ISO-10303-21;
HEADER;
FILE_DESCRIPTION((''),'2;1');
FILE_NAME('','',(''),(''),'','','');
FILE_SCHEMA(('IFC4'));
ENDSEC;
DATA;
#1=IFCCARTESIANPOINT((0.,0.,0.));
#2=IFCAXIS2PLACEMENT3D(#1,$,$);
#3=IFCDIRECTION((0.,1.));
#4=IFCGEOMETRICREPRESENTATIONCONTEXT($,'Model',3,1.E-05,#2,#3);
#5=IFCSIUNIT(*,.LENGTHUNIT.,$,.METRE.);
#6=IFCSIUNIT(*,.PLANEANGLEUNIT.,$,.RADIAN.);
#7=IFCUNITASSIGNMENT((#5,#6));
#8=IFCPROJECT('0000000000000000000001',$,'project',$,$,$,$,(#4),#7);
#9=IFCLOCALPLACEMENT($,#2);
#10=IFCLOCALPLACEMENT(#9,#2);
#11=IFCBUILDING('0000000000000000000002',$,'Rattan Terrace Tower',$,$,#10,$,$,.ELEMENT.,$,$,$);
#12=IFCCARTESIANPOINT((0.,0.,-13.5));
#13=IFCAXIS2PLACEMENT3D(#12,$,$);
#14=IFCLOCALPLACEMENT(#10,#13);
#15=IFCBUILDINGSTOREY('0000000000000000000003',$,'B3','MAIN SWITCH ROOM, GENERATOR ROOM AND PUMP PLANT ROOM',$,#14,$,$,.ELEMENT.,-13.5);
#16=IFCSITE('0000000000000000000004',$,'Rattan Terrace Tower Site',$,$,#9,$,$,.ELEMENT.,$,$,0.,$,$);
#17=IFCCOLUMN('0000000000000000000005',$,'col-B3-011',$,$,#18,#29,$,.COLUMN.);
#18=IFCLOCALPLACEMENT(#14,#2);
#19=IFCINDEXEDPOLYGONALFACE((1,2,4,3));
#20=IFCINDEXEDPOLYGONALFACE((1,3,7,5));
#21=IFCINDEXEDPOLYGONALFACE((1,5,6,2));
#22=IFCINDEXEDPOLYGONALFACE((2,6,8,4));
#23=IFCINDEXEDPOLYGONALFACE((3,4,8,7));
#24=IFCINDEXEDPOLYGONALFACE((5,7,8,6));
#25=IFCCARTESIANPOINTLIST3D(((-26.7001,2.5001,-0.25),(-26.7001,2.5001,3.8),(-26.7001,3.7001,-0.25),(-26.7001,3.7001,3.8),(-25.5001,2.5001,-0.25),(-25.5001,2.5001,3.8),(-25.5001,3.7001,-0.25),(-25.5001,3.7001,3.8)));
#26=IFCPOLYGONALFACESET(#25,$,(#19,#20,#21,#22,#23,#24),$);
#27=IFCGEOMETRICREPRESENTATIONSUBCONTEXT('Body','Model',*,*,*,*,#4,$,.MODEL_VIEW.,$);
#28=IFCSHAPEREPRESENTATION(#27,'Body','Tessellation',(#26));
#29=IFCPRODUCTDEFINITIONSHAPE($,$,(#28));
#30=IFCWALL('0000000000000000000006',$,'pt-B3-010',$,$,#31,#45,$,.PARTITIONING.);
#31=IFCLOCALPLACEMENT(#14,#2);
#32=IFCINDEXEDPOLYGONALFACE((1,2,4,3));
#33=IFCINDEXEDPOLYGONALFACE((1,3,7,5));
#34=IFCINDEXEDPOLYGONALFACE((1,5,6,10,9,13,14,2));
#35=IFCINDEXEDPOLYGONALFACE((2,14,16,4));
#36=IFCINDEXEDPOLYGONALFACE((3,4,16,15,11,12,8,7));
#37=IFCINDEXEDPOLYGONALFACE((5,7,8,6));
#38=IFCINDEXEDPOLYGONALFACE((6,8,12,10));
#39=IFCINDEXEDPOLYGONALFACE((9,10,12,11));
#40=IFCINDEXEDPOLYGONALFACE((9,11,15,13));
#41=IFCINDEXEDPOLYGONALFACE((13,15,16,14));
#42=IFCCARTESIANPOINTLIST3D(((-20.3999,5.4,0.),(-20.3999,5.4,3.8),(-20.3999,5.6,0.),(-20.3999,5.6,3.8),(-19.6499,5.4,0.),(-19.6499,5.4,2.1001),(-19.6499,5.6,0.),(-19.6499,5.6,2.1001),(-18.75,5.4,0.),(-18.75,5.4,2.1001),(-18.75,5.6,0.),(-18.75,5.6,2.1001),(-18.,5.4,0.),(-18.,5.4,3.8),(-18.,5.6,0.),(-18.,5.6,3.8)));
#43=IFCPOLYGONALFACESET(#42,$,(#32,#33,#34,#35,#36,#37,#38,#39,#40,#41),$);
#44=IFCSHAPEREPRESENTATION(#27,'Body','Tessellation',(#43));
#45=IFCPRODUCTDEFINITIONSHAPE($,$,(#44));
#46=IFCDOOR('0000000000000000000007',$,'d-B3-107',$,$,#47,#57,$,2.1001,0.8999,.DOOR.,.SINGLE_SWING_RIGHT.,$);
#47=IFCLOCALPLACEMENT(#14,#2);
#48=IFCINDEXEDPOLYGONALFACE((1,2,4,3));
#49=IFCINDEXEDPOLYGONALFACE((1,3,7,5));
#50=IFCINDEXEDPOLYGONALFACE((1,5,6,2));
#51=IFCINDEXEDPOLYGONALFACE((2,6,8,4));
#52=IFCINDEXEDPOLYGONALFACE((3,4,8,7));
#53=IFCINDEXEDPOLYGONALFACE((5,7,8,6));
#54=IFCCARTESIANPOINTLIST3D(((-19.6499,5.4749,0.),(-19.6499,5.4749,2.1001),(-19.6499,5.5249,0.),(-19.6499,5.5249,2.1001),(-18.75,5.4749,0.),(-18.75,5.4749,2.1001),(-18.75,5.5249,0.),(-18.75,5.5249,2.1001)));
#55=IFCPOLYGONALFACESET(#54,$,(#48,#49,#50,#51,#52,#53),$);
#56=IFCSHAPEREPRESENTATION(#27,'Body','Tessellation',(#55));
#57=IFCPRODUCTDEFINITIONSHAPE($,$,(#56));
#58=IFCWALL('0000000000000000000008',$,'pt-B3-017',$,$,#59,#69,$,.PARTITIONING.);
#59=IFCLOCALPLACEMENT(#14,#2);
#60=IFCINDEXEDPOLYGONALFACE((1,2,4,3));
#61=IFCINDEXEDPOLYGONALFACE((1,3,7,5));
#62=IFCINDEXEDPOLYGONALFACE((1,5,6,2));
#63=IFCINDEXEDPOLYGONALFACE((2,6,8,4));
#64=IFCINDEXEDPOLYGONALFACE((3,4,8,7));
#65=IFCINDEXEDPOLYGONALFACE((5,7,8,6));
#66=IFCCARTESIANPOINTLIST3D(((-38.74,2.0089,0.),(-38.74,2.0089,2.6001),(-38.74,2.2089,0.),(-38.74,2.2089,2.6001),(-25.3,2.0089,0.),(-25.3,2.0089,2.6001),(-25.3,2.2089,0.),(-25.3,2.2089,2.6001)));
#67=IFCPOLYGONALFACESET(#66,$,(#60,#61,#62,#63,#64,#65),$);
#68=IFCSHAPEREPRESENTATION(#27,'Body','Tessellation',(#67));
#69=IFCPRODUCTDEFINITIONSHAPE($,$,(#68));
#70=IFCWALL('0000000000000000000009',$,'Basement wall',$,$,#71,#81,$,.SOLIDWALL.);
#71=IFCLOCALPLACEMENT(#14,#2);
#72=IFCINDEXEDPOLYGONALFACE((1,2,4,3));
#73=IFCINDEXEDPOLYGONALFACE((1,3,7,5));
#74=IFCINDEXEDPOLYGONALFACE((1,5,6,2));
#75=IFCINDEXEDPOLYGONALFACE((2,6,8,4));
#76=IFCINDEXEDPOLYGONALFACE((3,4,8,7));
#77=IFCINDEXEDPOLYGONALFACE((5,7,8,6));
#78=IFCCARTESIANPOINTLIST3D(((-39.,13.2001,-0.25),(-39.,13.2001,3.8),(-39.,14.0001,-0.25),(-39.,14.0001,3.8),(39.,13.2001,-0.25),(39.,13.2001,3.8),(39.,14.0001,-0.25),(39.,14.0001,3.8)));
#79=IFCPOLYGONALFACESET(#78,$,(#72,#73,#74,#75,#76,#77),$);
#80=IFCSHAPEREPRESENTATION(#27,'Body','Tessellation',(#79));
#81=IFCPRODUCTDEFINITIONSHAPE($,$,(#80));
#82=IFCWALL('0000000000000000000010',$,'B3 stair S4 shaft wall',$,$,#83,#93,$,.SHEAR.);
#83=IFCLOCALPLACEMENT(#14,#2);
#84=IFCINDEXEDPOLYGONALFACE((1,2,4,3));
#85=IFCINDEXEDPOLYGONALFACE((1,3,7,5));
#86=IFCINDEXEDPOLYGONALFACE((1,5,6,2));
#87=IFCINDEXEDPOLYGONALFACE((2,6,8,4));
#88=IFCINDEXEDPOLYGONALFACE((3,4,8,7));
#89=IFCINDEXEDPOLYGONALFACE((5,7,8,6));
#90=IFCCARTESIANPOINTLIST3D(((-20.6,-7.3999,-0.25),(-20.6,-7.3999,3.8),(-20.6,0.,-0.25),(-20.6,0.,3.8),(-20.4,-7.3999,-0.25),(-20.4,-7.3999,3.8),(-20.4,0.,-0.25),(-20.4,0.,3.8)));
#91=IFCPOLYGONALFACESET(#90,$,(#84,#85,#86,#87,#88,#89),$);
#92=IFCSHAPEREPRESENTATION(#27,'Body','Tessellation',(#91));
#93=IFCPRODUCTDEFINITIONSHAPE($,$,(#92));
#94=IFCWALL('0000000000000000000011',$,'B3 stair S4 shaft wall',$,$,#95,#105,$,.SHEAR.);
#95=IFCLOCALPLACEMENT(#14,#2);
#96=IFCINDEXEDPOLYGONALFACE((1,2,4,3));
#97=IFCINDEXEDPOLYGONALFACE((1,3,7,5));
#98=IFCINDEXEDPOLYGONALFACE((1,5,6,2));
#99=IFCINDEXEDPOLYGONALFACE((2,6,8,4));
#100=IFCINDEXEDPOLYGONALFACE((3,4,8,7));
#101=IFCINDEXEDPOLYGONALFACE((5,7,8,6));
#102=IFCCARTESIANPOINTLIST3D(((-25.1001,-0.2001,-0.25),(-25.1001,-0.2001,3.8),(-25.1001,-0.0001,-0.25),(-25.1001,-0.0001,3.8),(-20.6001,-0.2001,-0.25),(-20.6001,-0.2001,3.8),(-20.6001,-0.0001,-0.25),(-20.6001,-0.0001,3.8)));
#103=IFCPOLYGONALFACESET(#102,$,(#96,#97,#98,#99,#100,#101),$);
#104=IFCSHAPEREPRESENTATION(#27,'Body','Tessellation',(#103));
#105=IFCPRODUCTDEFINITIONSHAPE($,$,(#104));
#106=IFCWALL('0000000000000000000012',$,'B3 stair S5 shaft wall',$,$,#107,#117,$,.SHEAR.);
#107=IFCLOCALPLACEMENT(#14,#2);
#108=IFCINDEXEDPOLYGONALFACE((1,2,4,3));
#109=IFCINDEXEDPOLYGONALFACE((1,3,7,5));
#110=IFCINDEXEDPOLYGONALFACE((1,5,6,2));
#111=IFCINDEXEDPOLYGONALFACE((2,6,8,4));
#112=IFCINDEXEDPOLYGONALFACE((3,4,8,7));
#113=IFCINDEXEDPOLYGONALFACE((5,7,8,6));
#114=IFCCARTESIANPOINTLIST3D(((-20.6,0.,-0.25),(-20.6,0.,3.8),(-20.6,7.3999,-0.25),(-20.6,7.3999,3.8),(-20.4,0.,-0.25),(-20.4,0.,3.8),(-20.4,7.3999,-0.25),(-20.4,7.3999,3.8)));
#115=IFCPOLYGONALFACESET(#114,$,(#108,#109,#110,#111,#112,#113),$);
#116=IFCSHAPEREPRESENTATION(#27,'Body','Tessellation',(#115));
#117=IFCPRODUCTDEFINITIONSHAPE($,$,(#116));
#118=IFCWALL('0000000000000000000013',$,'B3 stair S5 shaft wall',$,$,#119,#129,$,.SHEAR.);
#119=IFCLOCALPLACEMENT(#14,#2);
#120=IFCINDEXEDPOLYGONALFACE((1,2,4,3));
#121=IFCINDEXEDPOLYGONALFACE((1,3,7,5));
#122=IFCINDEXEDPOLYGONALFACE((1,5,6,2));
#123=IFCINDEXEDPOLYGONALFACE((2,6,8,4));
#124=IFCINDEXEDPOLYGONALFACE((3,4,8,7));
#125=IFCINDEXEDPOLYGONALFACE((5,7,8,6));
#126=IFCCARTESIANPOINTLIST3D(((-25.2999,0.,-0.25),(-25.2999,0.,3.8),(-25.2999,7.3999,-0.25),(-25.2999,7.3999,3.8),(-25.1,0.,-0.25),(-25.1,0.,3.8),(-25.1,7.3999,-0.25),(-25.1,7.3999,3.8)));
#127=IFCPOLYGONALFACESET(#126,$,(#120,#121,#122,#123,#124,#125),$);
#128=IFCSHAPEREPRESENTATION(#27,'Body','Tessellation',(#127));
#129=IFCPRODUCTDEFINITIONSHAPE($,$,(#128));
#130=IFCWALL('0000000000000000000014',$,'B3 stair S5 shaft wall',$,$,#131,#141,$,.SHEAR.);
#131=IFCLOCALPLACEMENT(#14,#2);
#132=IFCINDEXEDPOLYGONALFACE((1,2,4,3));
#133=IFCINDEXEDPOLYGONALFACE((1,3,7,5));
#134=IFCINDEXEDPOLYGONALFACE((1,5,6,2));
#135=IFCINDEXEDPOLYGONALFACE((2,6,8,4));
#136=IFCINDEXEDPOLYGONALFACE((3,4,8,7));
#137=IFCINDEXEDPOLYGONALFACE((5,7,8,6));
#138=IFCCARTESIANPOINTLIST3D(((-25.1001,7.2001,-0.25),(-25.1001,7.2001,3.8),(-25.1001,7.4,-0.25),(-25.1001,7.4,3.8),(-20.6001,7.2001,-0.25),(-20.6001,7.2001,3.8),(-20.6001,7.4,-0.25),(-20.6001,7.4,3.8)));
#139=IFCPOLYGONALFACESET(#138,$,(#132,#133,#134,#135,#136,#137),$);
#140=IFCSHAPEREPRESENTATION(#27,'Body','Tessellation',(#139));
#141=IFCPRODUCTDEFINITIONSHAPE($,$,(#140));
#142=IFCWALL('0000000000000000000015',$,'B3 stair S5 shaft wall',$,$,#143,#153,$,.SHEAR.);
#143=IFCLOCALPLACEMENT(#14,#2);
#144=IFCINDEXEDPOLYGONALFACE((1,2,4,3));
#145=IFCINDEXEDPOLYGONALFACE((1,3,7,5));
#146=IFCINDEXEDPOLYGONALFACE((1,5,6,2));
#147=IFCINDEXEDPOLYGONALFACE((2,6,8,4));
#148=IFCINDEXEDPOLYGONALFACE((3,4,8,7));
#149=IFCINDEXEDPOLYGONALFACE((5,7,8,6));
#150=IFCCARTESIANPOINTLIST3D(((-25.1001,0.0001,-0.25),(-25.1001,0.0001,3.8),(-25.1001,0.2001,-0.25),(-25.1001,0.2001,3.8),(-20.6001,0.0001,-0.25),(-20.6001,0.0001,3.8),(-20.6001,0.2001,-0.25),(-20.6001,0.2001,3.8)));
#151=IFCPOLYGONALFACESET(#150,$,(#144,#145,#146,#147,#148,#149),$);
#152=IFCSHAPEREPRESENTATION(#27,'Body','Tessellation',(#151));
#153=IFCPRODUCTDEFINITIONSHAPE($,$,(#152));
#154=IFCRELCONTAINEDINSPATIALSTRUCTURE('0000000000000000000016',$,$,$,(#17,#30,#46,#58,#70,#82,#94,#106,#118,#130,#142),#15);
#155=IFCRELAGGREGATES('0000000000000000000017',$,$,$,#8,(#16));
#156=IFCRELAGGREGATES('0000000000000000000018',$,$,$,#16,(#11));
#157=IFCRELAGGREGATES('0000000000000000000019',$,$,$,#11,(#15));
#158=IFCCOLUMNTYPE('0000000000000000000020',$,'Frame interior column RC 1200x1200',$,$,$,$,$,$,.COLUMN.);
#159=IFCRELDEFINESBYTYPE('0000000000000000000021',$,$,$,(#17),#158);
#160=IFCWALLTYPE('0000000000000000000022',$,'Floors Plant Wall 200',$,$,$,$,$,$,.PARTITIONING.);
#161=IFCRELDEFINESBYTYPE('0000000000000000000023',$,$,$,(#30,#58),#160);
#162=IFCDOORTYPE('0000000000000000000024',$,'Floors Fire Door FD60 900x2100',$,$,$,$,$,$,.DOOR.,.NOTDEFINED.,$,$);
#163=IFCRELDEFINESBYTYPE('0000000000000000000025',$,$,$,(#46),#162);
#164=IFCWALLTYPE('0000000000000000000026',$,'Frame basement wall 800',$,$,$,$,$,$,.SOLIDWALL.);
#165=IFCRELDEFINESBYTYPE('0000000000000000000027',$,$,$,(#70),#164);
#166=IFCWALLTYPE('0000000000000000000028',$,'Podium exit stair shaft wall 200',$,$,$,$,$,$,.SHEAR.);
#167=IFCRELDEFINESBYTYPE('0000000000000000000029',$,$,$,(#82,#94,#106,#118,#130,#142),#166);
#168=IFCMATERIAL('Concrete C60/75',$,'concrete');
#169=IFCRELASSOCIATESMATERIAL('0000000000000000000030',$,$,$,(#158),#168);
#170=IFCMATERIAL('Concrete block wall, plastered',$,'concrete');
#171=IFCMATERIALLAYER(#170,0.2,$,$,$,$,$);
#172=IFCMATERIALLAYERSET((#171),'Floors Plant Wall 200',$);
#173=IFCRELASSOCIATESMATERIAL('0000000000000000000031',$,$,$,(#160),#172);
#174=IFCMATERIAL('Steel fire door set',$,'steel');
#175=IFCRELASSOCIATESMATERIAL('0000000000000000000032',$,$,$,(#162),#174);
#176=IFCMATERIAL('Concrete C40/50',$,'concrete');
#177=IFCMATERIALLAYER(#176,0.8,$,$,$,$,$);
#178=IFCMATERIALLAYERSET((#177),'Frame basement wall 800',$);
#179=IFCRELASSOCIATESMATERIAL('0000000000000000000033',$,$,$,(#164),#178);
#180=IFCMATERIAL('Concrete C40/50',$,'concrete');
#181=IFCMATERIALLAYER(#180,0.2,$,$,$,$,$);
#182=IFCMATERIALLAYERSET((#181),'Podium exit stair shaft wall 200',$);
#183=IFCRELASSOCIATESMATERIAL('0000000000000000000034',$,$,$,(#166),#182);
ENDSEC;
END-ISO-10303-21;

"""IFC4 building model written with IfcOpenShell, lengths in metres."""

from ifc_helpers import new_model, si_unit, direction, frame, frame_2d, origin, origin_2d, place, context, subcontext, project, spatial, rectangle, extrude, material, layer, layer_set, material_profile, profile_set, type_object, element, fill, save


model = new_model("IFC4")

# Units and contexts
model_context = context("Model", 3, precision=1e-05, world=origin(), true_north=direction((0.0, 1.0)))
body_context = subcontext(model_context, "Body", "Model", "MODEL_VIEW")
ifc_project = project(units=[si_unit("LENGTHUNIT", "METRE"), si_unit("PLANEANGLEUNIT", "RADIAN")], contexts=[model_context])

# Site, building, storey
site_placement = place(None, origin())
site = spatial("IfcSite", under=ifc_project, at=site_placement, Name="Rattan Terrace Tower Site", CompositionType="ELEMENT", RefElevation=0.0)
building_placement = place(site_placement, origin())
building = spatial("IfcBuilding", under=site, at=building_placement, Name="Rattan Terrace Tower", CompositionType="ELEMENT")
storey_placement = place(building_placement, frame((0.0, 0.0, -13.5)))
storey = spatial("IfcBuildingStorey", under=building, at=storey_placement, Name="B3", Description="MAIN SWITCH ROOM, GENERATOR ROOM AND PUMP PLANT ROOM", CompositionType="ELEMENT", Elevation=-13.5)

# Column
ifc_material_1 = material(Name="Concrete C60/75", Category="concrete")
ifc_material_profile_1 = material_profile(ifc_material_1, rectangle(XDim=1.2, YDim=1.2, at=origin_2d()), Name="RC 1200x1200")
ifc_profile_set_1 = profile_set([ifc_material_profile_1], Name="Concrete C60/75")
column_type_1 = type_object("IfcColumnType", Name="Frame interior column RC 1200x1200", PredefinedType="COLUMN", material=ifc_profile_set_1)
column_placement = place(storey_placement, frame((-26.1001, 3.1001, -0.25), z_axis=(0.0, 0.0, 1.0), x_axis=(1.0, 0.0, 0.0)))
element("IfcColumn", 1, at=column_placement, inside=storey, type_object=column_type_1, Name="col-B3-011", PredefinedType="COLUMN", context=body_context, shape_type="SweptSolid", body=[
    extrude(rectangle(XDim=1.2, YDim=1.2, at=origin_2d()), origin(), (0.0, 0.0, 1.0), 4.05),
])

# Wall, opening, door
ifc_material_2 = material(Name="Concrete block wall, plastered", Category="concrete")
ifc_layer_1 = layer(ifc_material_2, 0.2)
ifc_layer_set_1 = layer_set([ifc_layer_1], Name="Floors Plant Wall 200")
wall_type_1 = type_object("IfcWallType", Name="Floors Plant Wall 200", PredefinedType="PARTITIONING", material=ifc_layer_set_1)
wall_1_placement = place(storey_placement, frame((-20.3999, 5.5, 0.0), z_axis=(0.0, 0.0, 1.0), x_axis=(1.0, 0.0, 0.0)))
wall_1 = element("IfcWall", 2, at=wall_1_placement, inside=storey, type_object=wall_type_1, Name="pt-B3-010", PredefinedType="PARTITIONING", context=body_context, shape_type="SweptSolid", body=[
    extrude(rectangle(XDim=2.3999, YDim=0.2, at=frame_2d((1.2, 0.0))), origin(), (0.0, 0.0, 1.0), 3.8),
])
opening_placement = place(wall_1_placement, frame((0.75, 0.0, 0.0)))
opening = element("IfcOpeningElement", 3, at=opening_placement, cuts=wall_1, PredefinedType="OPENING", context=body_context, shape_type="SweptSolid", body=[
    extrude(rectangle(XDim=0.8999, YDim=2.1001, at=frame_2d((0.45, 1.05))), frame((0.0, 0.1106, 0.0), z_axis=(0.0, -1.0, 0.0), x_axis=(1.0, 0.0, 0.0)), (0.0, 0.0, 1.0), 0.2209),
])
ifc_material_3 = material(Name="Steel fire door set", Category="steel")
door_type = type_object("IfcDoorType", Name="Floors Fire Door FD60 900x2100", OperationType="NOTDEFINED", PredefinedType="DOOR", material=ifc_material_3)
door_placement = place(opening_placement, origin())
door = element("IfcDoor", 4, at=door_placement, inside=storey, type_object=door_type, Name="d-B3-107", OperationType="SINGLE_SWING_RIGHT", OverallHeight=2.1001, OverallWidth=0.8999, PredefinedType="DOOR", context=body_context, shape_type="SweptSolid", body=[
    extrude(rectangle(XDim=0.8999, YDim=2.1001, at=frame_2d((0.45, 1.05))), frame((0.0, 0.0249, 0.0), z_axis=(0.0, -1.0, 0.0), x_axis=(1.0, 0.0, 0.0)), (0.0, 0.0, 1.0), 0.05),
])
fill(opening, door)

# Walls
wall_2_placement = place(storey_placement, frame((-38.74, 2.1089, 0.0), z_axis=(0.0, 0.0, 1.0), x_axis=(1.0, 0.0, 0.0)))
element("IfcWall", 5, at=wall_2_placement, inside=storey, type_object=wall_type_1, Name="pt-B3-017", PredefinedType="PARTITIONING", context=body_context, shape_type="SweptSolid", body=[
    extrude(rectangle(XDim=13.4399, YDim=0.2, at=frame_2d((6.72, 0.0))), origin(), (0.0, 0.0, 1.0), 2.6001),
])
ifc_material_4 = material(Name="Concrete C40/50", Category="concrete")
ifc_layer_2 = layer(ifc_material_4, 0.8)
ifc_layer_set_2 = layer_set([ifc_layer_2], Name="Frame basement wall 800")
wall_type_2 = type_object("IfcWallType", Name="Frame basement wall 800", PredefinedType="SOLIDWALL", material=ifc_layer_set_2)
wall_3_placement = place(storey_placement, frame((-39.0, 13.6001, -0.25), z_axis=(0.0, 0.0, 1.0), x_axis=(1.0, 0.0, 0.0)))
element("IfcWall", 6, at=wall_3_placement, inside=storey, type_object=wall_type_2, Name="Basement wall", PredefinedType="SOLIDWALL", context=body_context, shape_type="SweptSolid", body=[
    extrude(rectangle(XDim=78.0, YDim=0.8, at=frame_2d((39.0, 0.0))), origin(), (0.0, 0.0, 1.0), 4.05),
])
ifc_material_5 = material(Name="Concrete C40/50", Category="concrete")
ifc_layer_3 = layer(ifc_material_5, 0.2)
ifc_layer_set_3 = layer_set([ifc_layer_3], Name="Podium exit stair shaft wall 200")
wall_type_3 = type_object("IfcWallType", Name="Podium exit stair shaft wall 200", PredefinedType="SHEAR", material=ifc_layer_set_3)
wall_4_placement = place(storey_placement, frame((-20.5, 0.0, -0.25), z_axis=(0.0, 0.0, 1.0), x_axis=(0.0, -1.0, 0.0)))
element("IfcWall", 7, at=wall_4_placement, inside=storey, type_object=wall_type_3, Name="B3 stair S4 shaft wall", PredefinedType="SHEAR", context=body_context, shape_type="SweptSolid", body=[
    extrude(rectangle(XDim=7.3999, YDim=0.2, at=frame_2d((3.7, 0.0))), origin(), (0.0, 0.0, 1.0), 4.05),
])
wall_5_placement = place(storey_placement, frame((-25.1001, -0.1001, -0.25), z_axis=(0.0, 0.0, 1.0), x_axis=(1.0, 0.0, 0.0)))
element("IfcWall", 8, at=wall_5_placement, inside=storey, type_object=wall_type_3, Name="B3 stair S4 shaft wall", PredefinedType="SHEAR", context=body_context, shape_type="SweptSolid", body=[
    extrude(rectangle(XDim=4.5, YDim=0.2, at=frame_2d((2.25, 0.0))), origin(), (0.0, 0.0, 1.0), 4.05),
])
for number, where, z_axis, x_axis, name in (
    (9, (-20.5, 7.3999, -0.25), (0.0, 0.0, 1.0), (0.0, -1.0, 0.0), "B3 stair S5 shaft wall"),
    (10, (-25.2, 0.0, -0.25), (0.0, 0.0, 1.0), (0.0, 1.0, 0.0), "B3 stair S5 shaft wall"),
):
    element("IfcWall", number, at=place(storey_placement, frame(where, z_axis=z_axis, x_axis=x_axis)), inside=storey, type_object=wall_type_3, Name=name, PredefinedType="SHEAR", context=body_context, shape_type="SweptSolid", body=[
        extrude(rectangle(XDim=7.3999, YDim=0.2, at=frame_2d((3.7, 0.0))), origin(), (0.0, 0.0, 1.0), 4.05),
    ])
for number, where, z_axis, x_axis, name in (
    (11, (-25.1001, 7.3, -0.25), (0.0, 0.0, 1.0), (1.0, 0.0, 0.0), "B3 stair S5 shaft wall"),
    (12, (-25.1001, 0.1001, -0.25), (0.0, 0.0, 1.0), (1.0, 0.0, 0.0), "B3 stair S5 shaft wall"),
):
    element("IfcWall", number, at=place(storey_placement, frame(where, z_axis=z_axis, x_axis=x_axis)), inside=storey, type_object=wall_type_3, Name=name, PredefinedType="SHEAR", context=body_context, shape_type="SweptSolid", body=[
        extrude(rectangle(XDim=4.5, YDim=0.2, at=frame_2d((2.25, 0.0))), origin(), (0.0, 0.0, 1.0), 4.05),
    ])

save(model, "model.ifc")
